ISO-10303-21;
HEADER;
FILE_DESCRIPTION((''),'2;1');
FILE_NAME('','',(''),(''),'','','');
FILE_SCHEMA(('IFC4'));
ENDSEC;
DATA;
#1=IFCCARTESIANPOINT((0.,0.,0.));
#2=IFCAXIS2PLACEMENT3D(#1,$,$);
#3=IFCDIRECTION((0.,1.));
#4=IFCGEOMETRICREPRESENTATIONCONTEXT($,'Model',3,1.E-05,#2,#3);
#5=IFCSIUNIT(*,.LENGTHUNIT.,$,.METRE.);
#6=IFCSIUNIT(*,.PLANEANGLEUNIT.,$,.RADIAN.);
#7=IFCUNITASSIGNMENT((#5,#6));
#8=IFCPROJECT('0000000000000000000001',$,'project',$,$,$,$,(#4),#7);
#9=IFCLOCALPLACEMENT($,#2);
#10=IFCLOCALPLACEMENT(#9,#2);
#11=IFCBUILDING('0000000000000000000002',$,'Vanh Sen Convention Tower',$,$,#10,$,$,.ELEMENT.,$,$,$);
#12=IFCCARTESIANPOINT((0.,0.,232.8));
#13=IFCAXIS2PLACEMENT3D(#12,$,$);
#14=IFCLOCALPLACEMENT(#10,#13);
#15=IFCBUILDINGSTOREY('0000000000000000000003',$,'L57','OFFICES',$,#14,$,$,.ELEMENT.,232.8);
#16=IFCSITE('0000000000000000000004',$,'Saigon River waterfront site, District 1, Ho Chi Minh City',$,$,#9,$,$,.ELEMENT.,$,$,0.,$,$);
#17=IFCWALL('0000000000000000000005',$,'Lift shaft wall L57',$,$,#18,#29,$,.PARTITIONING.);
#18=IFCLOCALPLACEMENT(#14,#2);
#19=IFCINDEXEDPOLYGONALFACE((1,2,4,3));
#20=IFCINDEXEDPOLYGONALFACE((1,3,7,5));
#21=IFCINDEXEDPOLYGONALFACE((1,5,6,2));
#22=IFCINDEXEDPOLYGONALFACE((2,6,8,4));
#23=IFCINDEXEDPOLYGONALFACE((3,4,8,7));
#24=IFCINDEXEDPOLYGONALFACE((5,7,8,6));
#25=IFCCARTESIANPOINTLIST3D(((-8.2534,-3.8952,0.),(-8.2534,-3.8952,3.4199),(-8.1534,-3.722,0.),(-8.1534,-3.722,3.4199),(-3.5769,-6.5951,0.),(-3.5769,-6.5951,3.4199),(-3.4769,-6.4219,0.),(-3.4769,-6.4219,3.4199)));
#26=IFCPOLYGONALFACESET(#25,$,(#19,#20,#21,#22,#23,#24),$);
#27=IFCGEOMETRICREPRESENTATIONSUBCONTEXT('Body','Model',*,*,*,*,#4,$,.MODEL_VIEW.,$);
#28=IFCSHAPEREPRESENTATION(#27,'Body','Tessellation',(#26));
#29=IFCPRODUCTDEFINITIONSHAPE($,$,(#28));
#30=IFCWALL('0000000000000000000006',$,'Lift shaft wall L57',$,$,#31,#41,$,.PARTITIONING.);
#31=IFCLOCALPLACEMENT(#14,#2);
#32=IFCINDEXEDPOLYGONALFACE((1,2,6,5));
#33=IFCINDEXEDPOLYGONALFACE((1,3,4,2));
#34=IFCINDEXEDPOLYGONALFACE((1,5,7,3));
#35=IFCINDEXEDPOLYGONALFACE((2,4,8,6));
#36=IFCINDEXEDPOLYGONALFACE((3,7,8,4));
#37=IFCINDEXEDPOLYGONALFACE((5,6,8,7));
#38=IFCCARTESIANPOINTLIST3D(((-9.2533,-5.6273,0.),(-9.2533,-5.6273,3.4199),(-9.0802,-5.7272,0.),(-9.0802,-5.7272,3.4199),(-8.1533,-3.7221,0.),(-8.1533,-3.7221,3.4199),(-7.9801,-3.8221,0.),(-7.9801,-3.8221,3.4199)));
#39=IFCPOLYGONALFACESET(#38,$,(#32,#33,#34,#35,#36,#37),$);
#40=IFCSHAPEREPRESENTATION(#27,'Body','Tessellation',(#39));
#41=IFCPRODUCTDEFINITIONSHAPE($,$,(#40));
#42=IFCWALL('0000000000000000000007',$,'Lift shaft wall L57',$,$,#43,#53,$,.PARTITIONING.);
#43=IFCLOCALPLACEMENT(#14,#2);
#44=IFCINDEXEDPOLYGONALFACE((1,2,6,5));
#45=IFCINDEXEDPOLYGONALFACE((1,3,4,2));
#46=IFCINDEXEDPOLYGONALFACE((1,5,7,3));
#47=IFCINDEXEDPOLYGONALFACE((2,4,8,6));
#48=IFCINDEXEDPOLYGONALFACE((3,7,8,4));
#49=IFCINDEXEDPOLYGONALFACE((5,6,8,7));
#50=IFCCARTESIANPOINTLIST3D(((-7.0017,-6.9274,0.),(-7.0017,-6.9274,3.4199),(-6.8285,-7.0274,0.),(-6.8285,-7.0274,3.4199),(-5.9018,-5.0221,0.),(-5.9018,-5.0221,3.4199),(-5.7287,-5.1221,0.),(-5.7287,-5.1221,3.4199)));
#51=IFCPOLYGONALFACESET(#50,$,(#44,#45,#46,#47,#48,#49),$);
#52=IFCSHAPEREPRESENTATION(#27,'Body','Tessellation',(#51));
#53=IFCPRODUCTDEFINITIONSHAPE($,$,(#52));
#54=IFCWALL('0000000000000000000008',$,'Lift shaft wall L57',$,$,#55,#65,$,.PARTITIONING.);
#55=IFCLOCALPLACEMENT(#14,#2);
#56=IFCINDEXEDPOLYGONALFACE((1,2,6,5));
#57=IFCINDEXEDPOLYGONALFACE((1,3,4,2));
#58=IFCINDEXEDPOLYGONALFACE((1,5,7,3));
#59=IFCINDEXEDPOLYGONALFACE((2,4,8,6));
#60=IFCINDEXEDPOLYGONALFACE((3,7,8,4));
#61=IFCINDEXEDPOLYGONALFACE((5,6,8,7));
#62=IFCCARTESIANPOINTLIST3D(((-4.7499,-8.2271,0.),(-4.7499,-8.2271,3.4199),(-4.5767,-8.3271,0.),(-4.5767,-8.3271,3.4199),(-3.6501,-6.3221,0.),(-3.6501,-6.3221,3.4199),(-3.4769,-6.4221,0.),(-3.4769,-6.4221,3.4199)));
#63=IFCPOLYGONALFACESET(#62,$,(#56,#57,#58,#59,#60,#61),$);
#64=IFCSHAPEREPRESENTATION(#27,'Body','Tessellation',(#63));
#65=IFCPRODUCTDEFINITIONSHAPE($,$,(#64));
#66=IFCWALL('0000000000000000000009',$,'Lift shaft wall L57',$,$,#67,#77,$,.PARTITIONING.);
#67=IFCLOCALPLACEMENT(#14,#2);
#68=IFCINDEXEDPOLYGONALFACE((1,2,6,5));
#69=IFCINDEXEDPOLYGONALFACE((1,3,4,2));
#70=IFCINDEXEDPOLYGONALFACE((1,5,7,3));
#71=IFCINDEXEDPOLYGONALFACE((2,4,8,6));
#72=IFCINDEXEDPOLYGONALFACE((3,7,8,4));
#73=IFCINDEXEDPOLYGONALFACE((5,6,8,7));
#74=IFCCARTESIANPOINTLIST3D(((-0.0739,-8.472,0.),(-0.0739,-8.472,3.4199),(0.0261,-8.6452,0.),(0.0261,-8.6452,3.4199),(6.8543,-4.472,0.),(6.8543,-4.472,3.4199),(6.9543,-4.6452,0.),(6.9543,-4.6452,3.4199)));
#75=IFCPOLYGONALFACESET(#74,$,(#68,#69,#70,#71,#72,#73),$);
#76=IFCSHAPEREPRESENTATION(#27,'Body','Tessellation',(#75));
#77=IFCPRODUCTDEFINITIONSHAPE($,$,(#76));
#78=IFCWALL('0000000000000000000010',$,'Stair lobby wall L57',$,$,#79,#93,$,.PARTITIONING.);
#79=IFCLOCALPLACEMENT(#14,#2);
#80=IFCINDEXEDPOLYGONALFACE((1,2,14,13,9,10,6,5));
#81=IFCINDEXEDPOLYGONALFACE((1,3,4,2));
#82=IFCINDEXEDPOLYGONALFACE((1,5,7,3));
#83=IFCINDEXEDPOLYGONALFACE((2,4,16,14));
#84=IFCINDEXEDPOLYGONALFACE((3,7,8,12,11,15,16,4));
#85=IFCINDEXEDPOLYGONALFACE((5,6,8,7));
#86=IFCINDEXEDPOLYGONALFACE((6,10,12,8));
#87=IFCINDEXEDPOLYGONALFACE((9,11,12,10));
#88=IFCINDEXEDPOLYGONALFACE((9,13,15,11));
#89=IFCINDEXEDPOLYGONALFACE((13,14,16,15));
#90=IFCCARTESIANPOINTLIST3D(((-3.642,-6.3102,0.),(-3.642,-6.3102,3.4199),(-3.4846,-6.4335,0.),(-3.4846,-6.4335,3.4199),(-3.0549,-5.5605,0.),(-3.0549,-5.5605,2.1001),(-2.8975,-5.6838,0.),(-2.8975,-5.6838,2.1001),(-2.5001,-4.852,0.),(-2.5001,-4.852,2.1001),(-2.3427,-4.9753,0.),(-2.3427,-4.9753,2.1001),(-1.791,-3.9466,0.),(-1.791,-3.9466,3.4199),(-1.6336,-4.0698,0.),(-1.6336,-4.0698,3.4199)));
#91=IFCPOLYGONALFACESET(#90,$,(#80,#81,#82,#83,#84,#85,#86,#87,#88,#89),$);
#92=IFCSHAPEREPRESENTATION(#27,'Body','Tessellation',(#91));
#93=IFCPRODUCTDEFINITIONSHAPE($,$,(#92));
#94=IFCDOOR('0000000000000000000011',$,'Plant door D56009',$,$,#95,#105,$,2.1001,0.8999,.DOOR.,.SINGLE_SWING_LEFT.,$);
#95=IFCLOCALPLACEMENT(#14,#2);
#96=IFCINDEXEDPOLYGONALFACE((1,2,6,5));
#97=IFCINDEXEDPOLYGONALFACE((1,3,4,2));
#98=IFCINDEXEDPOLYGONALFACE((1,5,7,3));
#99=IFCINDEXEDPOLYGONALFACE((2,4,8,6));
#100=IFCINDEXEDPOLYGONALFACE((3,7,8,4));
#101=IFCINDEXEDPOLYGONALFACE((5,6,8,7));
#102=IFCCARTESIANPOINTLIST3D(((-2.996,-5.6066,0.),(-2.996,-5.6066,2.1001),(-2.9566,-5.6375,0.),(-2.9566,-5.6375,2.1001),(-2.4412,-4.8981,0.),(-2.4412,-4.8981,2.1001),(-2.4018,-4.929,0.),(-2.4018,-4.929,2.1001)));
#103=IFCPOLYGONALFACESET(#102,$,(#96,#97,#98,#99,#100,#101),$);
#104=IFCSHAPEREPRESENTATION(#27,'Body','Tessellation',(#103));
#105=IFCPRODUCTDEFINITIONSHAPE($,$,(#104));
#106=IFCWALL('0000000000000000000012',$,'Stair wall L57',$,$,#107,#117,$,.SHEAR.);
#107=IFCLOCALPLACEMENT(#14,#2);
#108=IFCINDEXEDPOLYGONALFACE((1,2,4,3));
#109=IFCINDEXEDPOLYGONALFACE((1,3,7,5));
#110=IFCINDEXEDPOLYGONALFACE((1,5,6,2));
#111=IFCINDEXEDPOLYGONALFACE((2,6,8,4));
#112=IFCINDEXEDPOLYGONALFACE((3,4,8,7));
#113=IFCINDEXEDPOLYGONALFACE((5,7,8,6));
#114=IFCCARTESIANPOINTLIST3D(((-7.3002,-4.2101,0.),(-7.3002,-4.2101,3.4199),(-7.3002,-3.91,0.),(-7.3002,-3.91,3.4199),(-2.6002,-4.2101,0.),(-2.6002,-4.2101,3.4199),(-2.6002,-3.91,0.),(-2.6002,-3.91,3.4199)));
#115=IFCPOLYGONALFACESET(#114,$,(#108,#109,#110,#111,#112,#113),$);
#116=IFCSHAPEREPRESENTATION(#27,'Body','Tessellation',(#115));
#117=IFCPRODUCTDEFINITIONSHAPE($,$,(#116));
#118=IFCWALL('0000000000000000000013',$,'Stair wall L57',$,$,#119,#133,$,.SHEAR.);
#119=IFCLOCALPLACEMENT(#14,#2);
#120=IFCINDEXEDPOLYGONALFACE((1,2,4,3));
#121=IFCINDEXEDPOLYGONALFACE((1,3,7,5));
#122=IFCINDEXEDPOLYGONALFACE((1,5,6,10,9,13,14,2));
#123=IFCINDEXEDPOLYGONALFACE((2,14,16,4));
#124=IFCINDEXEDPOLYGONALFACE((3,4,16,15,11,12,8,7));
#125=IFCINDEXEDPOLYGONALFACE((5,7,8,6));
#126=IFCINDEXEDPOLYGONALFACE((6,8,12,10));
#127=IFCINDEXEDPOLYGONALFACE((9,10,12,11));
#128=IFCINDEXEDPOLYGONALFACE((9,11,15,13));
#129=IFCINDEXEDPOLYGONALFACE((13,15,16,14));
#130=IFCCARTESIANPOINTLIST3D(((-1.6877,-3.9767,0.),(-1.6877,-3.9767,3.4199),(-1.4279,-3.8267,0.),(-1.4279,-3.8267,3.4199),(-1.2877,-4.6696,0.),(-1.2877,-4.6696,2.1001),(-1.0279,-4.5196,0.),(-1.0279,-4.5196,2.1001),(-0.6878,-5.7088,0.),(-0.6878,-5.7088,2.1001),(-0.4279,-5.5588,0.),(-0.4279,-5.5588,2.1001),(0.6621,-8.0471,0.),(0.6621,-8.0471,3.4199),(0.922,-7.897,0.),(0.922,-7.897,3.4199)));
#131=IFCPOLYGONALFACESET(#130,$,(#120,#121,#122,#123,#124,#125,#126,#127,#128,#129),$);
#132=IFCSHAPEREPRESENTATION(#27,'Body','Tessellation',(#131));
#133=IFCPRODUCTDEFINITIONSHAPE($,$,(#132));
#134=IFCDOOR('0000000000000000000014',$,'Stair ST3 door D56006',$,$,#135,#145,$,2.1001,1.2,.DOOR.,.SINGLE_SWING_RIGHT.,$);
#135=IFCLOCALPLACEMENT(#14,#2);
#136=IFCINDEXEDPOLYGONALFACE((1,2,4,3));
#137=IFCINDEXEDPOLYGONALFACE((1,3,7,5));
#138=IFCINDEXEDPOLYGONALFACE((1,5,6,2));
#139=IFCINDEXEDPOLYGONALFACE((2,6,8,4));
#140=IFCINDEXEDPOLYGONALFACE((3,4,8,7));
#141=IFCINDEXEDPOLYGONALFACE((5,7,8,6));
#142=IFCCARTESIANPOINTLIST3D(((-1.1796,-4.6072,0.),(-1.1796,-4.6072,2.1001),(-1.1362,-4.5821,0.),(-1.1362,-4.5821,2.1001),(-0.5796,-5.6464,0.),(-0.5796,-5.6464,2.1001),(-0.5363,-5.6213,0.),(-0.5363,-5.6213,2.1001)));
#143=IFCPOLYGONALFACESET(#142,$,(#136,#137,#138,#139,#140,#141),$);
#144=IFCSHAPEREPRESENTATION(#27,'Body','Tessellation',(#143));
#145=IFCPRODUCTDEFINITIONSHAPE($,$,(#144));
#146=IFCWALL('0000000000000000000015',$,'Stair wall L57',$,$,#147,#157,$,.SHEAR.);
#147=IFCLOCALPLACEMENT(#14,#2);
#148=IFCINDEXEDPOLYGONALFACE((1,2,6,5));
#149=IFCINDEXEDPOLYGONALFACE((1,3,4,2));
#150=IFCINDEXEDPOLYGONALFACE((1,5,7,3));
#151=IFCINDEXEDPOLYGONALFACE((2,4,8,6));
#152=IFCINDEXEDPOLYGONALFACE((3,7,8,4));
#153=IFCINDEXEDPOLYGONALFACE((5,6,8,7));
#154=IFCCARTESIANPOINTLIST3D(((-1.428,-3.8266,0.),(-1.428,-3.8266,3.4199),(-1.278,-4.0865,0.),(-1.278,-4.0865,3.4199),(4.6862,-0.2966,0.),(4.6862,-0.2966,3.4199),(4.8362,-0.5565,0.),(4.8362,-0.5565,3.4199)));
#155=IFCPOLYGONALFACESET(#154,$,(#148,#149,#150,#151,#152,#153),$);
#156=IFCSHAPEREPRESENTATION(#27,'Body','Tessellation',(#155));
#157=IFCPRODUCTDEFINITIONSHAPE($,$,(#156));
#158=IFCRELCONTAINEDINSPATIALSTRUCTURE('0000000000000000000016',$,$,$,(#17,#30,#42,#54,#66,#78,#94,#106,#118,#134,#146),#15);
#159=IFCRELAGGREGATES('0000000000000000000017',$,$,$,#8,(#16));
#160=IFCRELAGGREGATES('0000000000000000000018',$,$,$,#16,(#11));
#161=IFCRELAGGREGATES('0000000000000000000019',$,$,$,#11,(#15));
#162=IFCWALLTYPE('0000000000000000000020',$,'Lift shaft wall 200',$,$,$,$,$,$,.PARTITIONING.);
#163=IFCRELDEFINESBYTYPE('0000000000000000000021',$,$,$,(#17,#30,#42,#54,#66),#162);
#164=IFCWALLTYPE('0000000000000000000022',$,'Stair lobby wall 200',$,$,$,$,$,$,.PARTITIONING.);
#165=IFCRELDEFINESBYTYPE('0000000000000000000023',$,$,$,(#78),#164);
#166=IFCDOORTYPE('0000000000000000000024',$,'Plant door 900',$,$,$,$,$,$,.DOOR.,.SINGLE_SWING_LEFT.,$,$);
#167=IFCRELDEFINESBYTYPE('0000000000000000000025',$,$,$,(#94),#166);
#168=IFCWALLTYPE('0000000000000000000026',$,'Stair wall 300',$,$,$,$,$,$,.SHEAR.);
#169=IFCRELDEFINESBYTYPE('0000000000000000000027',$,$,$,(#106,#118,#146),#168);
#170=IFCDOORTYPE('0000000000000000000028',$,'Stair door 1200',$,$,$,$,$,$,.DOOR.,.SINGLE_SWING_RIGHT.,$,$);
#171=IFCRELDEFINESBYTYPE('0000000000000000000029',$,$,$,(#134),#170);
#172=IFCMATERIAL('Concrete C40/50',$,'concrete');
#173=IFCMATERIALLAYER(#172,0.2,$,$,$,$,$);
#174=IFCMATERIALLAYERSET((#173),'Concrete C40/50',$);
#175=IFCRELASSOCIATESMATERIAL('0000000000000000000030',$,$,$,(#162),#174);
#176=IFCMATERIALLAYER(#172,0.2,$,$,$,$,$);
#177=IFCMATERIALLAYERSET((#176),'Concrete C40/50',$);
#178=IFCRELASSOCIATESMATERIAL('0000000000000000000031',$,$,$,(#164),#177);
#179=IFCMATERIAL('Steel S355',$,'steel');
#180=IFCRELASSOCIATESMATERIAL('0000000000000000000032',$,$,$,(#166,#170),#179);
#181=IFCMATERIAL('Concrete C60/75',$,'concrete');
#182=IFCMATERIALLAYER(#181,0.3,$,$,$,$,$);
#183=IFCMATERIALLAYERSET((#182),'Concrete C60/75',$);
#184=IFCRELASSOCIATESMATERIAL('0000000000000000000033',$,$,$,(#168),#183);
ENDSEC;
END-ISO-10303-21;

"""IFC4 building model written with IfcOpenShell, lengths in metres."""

from ifc_helpers import new_model, si_unit, direction, frame, frame_2d, origin, place, context, subcontext, project, spatial, rectangle, extrude, material, layer, layer_set, type_object, element, fill, save


model = new_model("IFC4")

# Units and contexts
model_context = context("Model", 3, precision=1e-05, world=origin(), true_north=direction((0.0, 1.0)))
body_context = subcontext(model_context, "Body", "Model", "MODEL_VIEW")
ifc_project = project(units=[si_unit("LENGTHUNIT", "METRE"), si_unit("PLANEANGLEUNIT", "RADIAN")], contexts=[model_context])

# Site, building, storey
site_placement = place(None, origin())
site = spatial("IfcSite", under=ifc_project, at=site_placement, Name="Saigon River waterfront site, District 1, Ho Chi Minh City", CompositionType="ELEMENT", RefElevation=0.0)
building_placement = place(site_placement, origin())
building = spatial("IfcBuilding", under=site, at=building_placement, Name="Vanh Sen Convention Tower", CompositionType="ELEMENT")
storey_placement = place(building_placement, frame((0.0, 0.0, 232.8)))
storey = spatial("IfcBuildingStorey", under=building, at=storey_placement, Name="L57", Description="OFFICES", CompositionType="ELEMENT", Elevation=232.8)

# Shared definitions
ifc_material_1 = material(Name="Concrete C40/50", Category="concrete")

# Shared definitions
ifc_material_2 = material(Name="Concrete C60/75", Category="concrete")
ifc_material_3 = material(Name="Steel S355", Category="steel")

# Walls
ifc_layer_1 = layer(ifc_material_1, 0.2)
ifc_layer_set_1 = layer_set([ifc_layer_1], Name="Concrete C40/50")
wall_type_1 = type_object("IfcWallType", Name="Lift shaft wall 200", PredefinedType="PARTITIONING", material=ifc_layer_set_1)
wall_1_placement = place(storey_placement, frame((-8.2034, -3.8086, 0.0), z_axis=(0.0, 0.0, 1.0), x_axis=(0.866028, -0.499995, 0.0)))
element("IfcWall", 1, at=wall_1_placement, inside=storey, type_object=wall_type_1, Name="Lift shaft wall L57", PredefinedType="PARTITIONING", context=body_context, shape_type="SweptSolid", body=[
    extrude(rectangle(XDim=5.3999, YDim=0.2, at=frame_2d((2.7, 0.0))), origin(), (0.0, 0.0, 1.0), 3.4199),
])
for number, where, z_axis, x_axis, name in (
    (2, (-8.0667, -3.772, 0.0), (0.0, 0.0, 1.0), (-0.50003, -0.866008, 0.0), "Lift shaft wall L57"),
    (3, (-5.8152, -5.072, 0.0), (0.0, 0.0, 1.0), (-0.499947, -0.866056, 0.0), "Lift shaft wall L57"),
):
    element("IfcWall", number, at=place(storey_placement, frame(where, z_axis=z_axis, x_axis=x_axis)), inside=storey, type_object=wall_type_1, Name=name, PredefinedType="PARTITIONING", context=body_context, shape_type="SweptSolid", body=[
        extrude(rectangle(XDim=2.2, YDim=0.2, at=frame_2d((1.1001, 0.0))), origin(), (0.0, 0.0, 1.0), 3.4199),
    ])
wall_2_placement = place(storey_placement, frame((-3.5635, -6.3721, 0.0), z_axis=(0.0, 0.0, 1.0), x_axis=(-0.499995, -0.866028, 0.0)))
element("IfcWall", 4, at=wall_2_placement, inside=storey, type_object=wall_type_1, Name="Lift shaft wall L57", PredefinedType="PARTITIONING", context=body_context, shape_type="SweptSolid", body=[
    extrude(rectangle(XDim=2.1997, YDim=0.2, at=frame_2d((1.0999, 0.0))), origin(), (0.0, 0.0, 1.0), 3.4199),
])
wall_3_placement = place(storey_placement, frame((-0.0239, -8.5586, 0.0), z_axis=(0.0, 0.0, 1.0), x_axis=(0.866026, 0.499999, 0.0)))
element("IfcWall", 5, at=wall_3_placement, inside=storey, type_object=wall_type_1, Name="Lift shaft wall L57", PredefinedType="PARTITIONING", context=body_context, shape_type="SweptSolid", body=[
    extrude(rectangle(XDim=8.0, YDim=0.2, at=frame_2d((4.0, 0.0))), origin(), (0.0, 0.0, 1.0), 3.4199),
])

# Wall, opening, door
ifc_layer_2 = layer(ifc_material_1, 0.2)
ifc_layer_set_2 = layer_set([ifc_layer_2], Name="Concrete C40/50")
wall_type_2 = type_object("IfcWallType", Name="Stair lobby wall 200", PredefinedType="PARTITIONING", material=ifc_layer_set_2)
wall_4_placement = place(storey_placement, frame((-1.7124, -4.0083, 0.0), z_axis=(0.0, 0.0, 1.0), x_axis=(-0.616549, -0.787316, 0.0)))
wall_4 = element("IfcWall", 6, at=wall_4_placement, inside=storey, type_object=wall_type_2, Name="Stair lobby wall L57", PredefinedType="PARTITIONING", context=body_context, shape_type="SweptSolid", body=[
    extrude(rectangle(XDim=3.0022, YDim=0.2, at=frame_2d((1.501, 0.0))), origin(), (0.0, 0.0, 1.0), 3.4199),
])
opening_1_placement = place(wall_4_placement, frame((1.1499, 0.0, 0.0)))
opening_1 = element("IfcOpeningElement", 7, at=opening_1_placement, cuts=wall_4, PredefinedType="OPENING", context=body_context, shape_type="SweptSolid", body=[
    extrude(rectangle(XDim=0.8999, YDim=2.1001, at=frame_2d((0.45, 1.05))), frame((0.0, 0.1099, 0.0), z_axis=(0.0, -1.0, 0.0), x_axis=(1.0, 0.0, 0.0)), (0.0, 0.0, 1.0), 0.22),
])
door_type_1 = type_object("IfcDoorType", Name="Plant door 900", OperationType="SINGLE_SWING_LEFT", PredefinedType="DOOR", material=ifc_material_3)
door_1_placement = place(opening_1_placement, origin())
door_1 = element("IfcDoor", 8, at=door_1_placement, inside=storey, type_object=door_type_1, Name="Plant door D56009", OperationType="SINGLE_SWING_LEFT", OverallHeight=2.1001, OverallWidth=0.8999, PredefinedType="DOOR", context=body_context, shape_type="SweptSolid", body=[
    extrude(rectangle(XDim=0.8999, YDim=2.1001, at=frame_2d((0.45, 1.05))), frame((0.0, 0.0249, 0.0), z_axis=(0.0, -1.0, 0.0), x_axis=(1.0, 0.0, 0.0)), (0.0, 0.0, 1.0), 0.05),
])
fill(opening_1, door_1)

# Wall
ifc_layer_3 = layer(ifc_material_2, 0.3)
ifc_layer_set_3 = layer_set([ifc_layer_3], Name="Concrete C60/75")
wall_type_3 = type_object("IfcWallType", Name="Stair wall 300", PredefinedType="SHEAR", material=ifc_layer_set_3)
wall_5_placement = place(storey_placement, frame((-2.6001, -4.0601, 0.0), z_axis=(0.0, 0.0, 1.0), x_axis=(-1.0, 0.0, 0.0)))
element("IfcWall", 9, at=wall_5_placement, inside=storey, type_object=wall_type_3, Name="Stair wall L57", PredefinedType="SHEAR", context=body_context, shape_type="SweptSolid", body=[
    extrude(rectangle(XDim=4.7, YDim=0.3, at=frame_2d((2.3501, 0.0))), origin(), (0.0, 0.0, 1.0), 3.4199),
])

# Wall, opening, door
wall_6_placement = place(storey_placement, frame((-1.5579, -3.9016, 0.0), z_axis=(0.0, 0.0, 1.0), x_axis=(0.499977, -0.866039, 0.0)))
wall_6 = element("IfcWall", 10, at=wall_6_placement, inside=storey, type_object=wall_type_3, Name="Stair wall L57", PredefinedType="SHEAR", context=body_context, shape_type="SweptSolid", body=[
    extrude(rectangle(XDim=4.7, YDim=0.3, at=frame_2d((2.3501, 0.0))), origin(), (0.0, 0.0, 1.0), 3.4199),
])
opening_2_placement = place(wall_6_placement, frame((0.8, 0.0, 0.0)))
opening_2 = element("IfcOpeningElement", 11, at=opening_2_placement, cuts=wall_6, PredefinedType="OPENING", context=body_context, shape_type="SweptSolid", body=[
    extrude(rectangle(XDim=1.2, YDim=2.1001, at=frame_2d((0.6001, 1.05))), frame((0.0, 0.1599, 0.0), z_axis=(0.0, -1.0, 0.0), x_axis=(1.0, 0.0, 0.0)), (0.0, 0.0, 1.0), 0.3201),
])
door_type_2 = type_object("IfcDoorType", Name="Stair door 1200", OperationType="SINGLE_SWING_RIGHT", PredefinedType="DOOR", material=ifc_material_3)
door_2_placement = place(opening_2_placement, origin())
door_2 = element("IfcDoor", 12, at=door_2_placement, inside=storey, type_object=door_type_2, Name="Stair ST3 door D56006", OperationType="SINGLE_SWING_RIGHT", OverallHeight=2.1001, OverallWidth=1.2, PredefinedType="DOOR", context=body_context, shape_type="SweptSolid", body=[
    extrude(rectangle(XDim=1.2, YDim=2.1001, at=frame_2d((0.6001, 1.05))), frame((0.0, 0.0249, 0.0), z_axis=(0.0, -1.0, 0.0), x_axis=(1.0, 0.0, 0.0)), (0.0, 0.0, 1.0), 0.05),
])
fill(opening_2, door_2)

# Wall
wall_7_placement = place(storey_placement, frame((-1.353, -3.9565, 0.0), z_axis=(0.0, 0.0, 1.0), x_axis=(0.866028, 0.499996, 0.0)))
element("IfcWall", 13, at=wall_7_placement, inside=storey, type_object=wall_type_3, Name="Stair wall L57", PredefinedType="SHEAR", context=body_context, shape_type="SweptSolid", body=[
    extrude(rectangle(XDim=7.0601, YDim=0.3, at=frame_2d((3.53, 0.0))), origin(), (0.0, 0.0, 1.0), 3.4199),
])

save(model, "model.ifc")
